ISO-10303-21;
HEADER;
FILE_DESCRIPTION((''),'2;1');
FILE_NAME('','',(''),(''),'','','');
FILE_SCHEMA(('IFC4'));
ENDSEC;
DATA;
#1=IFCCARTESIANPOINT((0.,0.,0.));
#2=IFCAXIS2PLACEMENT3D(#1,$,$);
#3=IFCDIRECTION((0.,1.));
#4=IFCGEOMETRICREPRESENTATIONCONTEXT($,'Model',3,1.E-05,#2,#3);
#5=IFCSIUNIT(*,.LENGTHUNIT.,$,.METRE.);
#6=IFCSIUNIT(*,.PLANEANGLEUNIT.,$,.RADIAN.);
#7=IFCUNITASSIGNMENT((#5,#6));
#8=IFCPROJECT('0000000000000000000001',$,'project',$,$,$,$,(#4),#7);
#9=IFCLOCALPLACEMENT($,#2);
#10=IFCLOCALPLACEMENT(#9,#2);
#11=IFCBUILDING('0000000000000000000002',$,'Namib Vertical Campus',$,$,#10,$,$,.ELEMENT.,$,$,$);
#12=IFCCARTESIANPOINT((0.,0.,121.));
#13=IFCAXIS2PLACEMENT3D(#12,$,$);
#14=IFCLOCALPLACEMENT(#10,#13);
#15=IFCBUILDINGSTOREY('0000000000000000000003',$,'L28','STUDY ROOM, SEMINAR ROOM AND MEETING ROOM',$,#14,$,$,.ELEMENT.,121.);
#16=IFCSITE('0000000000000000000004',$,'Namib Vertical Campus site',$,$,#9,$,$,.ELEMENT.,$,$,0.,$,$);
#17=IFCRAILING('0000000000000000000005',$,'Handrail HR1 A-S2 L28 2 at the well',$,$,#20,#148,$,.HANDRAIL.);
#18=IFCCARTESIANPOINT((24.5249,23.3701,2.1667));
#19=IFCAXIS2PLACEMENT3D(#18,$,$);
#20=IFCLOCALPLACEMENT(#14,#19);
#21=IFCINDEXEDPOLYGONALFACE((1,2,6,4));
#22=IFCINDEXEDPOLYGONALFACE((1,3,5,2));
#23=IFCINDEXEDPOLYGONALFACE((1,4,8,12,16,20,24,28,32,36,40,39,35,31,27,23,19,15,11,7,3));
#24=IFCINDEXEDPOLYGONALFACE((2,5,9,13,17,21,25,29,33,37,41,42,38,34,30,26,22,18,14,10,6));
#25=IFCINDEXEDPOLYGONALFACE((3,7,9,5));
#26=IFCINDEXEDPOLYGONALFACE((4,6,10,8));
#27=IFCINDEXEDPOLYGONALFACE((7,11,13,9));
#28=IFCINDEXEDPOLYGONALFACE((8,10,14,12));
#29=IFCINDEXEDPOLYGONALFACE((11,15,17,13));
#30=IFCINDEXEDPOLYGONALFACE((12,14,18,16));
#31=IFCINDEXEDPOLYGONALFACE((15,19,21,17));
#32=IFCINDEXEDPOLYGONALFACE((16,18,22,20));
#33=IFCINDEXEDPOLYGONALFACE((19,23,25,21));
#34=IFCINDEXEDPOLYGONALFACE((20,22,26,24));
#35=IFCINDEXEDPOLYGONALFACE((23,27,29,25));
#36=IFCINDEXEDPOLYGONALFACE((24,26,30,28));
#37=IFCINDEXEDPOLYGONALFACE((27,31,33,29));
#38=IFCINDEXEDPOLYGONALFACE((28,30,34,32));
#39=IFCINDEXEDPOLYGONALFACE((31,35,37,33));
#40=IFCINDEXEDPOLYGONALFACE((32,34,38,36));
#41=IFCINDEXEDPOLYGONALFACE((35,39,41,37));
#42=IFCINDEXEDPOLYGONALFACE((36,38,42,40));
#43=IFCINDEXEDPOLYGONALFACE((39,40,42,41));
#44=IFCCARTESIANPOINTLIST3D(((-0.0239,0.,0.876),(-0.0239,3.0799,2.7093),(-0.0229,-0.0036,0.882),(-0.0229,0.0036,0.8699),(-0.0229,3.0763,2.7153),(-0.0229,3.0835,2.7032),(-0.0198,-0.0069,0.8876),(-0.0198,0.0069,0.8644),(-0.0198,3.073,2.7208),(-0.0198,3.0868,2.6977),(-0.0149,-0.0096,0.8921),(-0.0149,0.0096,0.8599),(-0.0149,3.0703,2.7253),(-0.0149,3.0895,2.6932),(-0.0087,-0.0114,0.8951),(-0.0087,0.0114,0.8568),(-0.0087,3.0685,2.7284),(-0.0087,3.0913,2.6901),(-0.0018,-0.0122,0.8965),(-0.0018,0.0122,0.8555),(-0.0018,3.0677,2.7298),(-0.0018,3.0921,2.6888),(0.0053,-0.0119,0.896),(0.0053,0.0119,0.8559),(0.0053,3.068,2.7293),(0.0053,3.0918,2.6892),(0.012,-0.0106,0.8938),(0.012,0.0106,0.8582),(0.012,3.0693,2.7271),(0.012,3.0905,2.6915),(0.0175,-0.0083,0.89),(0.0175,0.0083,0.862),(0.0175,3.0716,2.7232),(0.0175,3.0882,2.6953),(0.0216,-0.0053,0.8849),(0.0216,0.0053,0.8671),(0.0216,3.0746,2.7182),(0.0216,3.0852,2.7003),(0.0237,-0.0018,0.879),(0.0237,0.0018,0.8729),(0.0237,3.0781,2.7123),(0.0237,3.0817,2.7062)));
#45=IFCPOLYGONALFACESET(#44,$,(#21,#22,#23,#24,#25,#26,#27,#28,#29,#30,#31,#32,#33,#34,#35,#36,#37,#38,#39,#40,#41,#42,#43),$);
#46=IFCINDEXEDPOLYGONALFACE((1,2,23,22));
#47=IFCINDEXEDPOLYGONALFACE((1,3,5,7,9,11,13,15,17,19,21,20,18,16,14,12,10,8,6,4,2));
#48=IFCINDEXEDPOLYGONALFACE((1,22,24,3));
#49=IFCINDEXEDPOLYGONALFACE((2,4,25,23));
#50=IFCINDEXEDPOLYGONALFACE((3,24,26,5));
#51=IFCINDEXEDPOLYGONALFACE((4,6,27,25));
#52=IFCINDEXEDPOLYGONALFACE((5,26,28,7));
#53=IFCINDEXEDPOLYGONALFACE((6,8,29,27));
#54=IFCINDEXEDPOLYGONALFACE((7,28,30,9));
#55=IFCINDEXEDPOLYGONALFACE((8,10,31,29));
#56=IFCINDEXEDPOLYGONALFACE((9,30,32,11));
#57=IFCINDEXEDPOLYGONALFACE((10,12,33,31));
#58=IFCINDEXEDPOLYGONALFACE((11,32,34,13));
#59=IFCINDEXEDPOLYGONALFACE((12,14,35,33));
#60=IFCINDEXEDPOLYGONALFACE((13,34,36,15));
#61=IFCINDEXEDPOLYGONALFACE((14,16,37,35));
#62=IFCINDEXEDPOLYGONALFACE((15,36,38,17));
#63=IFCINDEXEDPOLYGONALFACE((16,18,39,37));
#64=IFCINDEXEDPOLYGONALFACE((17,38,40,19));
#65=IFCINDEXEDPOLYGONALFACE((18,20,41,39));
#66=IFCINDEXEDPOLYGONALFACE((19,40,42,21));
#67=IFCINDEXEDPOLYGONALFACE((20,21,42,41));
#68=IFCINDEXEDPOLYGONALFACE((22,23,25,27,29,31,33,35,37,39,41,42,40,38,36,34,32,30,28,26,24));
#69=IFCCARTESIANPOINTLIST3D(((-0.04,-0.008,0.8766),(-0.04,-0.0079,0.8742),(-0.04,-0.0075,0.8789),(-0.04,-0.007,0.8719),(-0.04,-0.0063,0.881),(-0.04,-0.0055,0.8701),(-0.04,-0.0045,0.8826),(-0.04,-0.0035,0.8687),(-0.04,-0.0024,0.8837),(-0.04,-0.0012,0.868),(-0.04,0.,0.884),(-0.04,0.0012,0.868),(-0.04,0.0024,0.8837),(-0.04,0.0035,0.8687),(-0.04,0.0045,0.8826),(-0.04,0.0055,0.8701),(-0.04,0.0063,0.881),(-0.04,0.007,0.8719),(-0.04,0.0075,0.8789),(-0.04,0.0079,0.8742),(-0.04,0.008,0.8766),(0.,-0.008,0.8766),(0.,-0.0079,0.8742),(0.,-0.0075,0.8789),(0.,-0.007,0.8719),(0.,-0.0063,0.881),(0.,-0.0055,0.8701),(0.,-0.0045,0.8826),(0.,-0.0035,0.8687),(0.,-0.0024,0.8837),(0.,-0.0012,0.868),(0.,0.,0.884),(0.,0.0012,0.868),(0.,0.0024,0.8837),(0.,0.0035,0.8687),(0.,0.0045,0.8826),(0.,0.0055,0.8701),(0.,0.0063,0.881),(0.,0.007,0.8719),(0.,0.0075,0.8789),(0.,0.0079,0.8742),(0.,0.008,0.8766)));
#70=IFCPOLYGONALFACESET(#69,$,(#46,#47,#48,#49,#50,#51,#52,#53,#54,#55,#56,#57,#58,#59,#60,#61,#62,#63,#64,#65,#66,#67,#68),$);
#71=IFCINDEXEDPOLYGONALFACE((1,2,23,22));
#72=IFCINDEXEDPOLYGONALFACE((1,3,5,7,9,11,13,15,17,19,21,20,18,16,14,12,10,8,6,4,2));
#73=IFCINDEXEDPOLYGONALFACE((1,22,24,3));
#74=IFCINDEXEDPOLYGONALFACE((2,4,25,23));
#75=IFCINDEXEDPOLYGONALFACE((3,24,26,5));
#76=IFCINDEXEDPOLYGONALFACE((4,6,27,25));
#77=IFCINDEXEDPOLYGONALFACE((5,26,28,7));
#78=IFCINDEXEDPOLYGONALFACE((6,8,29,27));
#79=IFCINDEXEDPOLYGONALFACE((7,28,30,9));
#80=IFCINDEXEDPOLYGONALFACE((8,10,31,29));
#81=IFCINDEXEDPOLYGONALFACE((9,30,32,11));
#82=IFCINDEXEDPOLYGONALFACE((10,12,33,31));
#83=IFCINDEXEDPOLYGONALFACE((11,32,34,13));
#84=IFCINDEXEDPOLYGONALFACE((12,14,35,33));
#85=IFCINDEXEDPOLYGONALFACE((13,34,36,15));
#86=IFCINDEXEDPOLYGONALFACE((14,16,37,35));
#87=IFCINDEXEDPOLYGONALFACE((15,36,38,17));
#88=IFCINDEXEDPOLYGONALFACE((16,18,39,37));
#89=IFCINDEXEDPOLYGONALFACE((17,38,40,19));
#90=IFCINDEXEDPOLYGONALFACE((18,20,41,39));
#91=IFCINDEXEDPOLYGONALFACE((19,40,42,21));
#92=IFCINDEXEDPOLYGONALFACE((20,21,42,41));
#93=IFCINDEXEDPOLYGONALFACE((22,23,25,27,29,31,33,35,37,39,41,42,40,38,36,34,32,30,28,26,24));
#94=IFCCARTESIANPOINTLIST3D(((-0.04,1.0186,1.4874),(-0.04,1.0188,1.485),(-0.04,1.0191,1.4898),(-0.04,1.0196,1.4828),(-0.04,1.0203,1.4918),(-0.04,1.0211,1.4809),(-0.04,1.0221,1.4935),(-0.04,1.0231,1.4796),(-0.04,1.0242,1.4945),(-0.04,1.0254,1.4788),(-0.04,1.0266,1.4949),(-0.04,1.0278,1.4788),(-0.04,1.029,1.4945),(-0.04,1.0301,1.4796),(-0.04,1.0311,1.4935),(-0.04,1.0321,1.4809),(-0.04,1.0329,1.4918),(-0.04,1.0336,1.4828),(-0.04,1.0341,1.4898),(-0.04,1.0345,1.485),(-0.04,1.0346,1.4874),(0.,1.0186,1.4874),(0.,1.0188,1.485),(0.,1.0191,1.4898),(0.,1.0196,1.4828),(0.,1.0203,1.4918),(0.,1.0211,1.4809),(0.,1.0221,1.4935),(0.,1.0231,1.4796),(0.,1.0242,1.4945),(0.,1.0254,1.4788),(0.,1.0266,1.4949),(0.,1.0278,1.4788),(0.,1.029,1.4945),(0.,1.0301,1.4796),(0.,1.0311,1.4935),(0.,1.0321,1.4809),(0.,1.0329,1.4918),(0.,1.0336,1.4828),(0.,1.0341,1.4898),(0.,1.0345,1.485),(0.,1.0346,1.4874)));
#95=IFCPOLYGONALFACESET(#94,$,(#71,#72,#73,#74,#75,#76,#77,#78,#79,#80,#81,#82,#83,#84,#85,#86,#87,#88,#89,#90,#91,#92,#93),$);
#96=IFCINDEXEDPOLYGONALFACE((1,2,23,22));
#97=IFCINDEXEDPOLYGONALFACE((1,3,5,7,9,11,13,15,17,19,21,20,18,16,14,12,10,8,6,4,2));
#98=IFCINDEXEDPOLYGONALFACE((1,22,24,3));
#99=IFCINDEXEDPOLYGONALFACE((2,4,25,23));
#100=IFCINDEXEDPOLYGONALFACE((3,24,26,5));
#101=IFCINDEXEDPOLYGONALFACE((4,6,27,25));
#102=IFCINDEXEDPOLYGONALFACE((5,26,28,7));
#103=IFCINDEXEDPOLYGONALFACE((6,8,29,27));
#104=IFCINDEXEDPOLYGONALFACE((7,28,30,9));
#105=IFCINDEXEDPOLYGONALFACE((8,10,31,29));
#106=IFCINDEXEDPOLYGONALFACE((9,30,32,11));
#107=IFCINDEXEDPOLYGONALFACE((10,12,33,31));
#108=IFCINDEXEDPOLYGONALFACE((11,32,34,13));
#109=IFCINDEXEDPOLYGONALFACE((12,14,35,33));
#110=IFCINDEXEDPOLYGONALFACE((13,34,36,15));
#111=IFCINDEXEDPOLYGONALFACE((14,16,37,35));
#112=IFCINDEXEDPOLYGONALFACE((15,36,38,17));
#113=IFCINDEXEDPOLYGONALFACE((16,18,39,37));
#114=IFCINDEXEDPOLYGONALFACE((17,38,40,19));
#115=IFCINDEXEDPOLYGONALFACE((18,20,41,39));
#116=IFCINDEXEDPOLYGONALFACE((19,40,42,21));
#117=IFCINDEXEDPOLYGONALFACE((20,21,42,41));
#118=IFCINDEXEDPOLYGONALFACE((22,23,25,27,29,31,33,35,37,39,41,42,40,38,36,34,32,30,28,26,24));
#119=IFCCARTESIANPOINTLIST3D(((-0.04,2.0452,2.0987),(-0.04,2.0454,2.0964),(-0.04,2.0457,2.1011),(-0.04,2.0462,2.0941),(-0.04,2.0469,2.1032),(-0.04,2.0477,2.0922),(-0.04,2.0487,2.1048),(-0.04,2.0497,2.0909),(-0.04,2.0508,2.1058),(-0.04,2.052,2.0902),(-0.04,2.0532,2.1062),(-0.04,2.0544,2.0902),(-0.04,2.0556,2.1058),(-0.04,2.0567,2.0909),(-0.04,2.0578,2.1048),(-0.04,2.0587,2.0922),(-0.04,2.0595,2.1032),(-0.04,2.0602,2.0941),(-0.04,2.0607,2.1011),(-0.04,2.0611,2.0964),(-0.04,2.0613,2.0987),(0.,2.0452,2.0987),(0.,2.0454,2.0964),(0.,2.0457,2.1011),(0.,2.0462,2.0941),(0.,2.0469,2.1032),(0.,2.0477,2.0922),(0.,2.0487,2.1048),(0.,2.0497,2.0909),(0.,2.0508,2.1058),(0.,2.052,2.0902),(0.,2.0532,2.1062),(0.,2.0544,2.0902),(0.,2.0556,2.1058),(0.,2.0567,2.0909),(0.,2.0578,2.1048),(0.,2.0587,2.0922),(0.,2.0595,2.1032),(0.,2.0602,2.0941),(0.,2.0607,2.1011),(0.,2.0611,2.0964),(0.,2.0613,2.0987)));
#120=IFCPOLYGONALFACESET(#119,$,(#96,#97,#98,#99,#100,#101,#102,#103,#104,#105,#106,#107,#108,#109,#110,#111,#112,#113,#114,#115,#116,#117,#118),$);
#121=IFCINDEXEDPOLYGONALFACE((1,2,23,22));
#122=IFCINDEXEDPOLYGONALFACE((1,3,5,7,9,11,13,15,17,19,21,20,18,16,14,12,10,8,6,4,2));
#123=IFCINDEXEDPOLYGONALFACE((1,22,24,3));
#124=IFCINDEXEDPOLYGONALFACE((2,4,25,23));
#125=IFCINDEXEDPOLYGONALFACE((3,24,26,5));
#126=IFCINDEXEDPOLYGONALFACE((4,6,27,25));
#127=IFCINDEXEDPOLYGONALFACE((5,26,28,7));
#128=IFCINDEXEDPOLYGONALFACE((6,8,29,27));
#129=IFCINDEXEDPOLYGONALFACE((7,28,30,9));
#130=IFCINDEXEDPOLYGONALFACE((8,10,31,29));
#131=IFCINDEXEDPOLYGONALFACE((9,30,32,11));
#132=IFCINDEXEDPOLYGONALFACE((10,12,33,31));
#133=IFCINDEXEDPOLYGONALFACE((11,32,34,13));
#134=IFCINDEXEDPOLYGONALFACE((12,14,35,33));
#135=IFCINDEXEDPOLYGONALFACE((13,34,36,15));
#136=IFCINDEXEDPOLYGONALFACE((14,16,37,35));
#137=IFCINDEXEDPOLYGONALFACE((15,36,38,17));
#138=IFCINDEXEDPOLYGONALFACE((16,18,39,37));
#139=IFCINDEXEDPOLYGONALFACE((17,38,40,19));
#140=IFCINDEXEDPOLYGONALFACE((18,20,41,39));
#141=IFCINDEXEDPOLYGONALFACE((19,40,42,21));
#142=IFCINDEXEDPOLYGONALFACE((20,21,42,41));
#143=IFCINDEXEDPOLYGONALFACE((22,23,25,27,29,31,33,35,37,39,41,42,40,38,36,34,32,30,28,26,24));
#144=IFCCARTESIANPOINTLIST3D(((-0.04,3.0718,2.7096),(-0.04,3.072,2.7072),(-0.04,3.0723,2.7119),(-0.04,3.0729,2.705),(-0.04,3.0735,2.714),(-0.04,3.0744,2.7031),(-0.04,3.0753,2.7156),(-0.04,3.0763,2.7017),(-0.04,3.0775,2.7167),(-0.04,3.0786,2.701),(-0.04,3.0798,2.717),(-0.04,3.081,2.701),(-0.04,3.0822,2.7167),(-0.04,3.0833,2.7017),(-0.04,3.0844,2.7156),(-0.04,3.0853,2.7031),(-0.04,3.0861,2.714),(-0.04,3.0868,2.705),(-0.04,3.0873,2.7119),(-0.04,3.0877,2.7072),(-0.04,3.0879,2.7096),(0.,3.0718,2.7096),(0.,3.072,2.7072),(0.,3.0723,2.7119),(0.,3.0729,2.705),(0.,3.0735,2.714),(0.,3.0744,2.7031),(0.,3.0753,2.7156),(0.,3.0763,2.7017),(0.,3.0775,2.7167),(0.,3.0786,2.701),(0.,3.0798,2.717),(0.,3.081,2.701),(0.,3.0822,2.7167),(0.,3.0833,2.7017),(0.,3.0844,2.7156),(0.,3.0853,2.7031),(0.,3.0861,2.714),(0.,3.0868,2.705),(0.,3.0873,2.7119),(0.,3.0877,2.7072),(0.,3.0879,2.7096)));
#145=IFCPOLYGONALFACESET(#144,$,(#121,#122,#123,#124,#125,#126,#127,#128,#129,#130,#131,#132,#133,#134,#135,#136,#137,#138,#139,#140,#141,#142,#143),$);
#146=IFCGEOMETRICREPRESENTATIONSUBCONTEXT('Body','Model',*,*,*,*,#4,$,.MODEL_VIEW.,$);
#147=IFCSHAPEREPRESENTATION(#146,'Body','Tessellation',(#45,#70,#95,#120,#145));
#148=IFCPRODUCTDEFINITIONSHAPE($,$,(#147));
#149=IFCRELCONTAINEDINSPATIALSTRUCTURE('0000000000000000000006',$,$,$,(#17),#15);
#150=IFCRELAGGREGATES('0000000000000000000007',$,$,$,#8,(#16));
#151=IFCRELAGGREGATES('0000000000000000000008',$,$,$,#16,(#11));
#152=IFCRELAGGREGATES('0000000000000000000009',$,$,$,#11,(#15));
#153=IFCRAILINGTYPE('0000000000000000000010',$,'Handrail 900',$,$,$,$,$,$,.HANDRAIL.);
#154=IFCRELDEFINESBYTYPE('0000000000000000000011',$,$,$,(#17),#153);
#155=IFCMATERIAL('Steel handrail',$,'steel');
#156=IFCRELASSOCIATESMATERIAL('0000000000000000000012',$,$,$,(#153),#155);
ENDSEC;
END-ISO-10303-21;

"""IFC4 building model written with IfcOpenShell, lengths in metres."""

from ifc_helpers import new_model, si_unit, direction, frame, origin, origin_2d, place, context, subcontext, project, spatial, circle, extrude, material, type_object, element, save


model = new_model("IFC4")

# Units and contexts
model_context = context("Model", 3, precision=1e-05, world=origin(), true_north=direction((0.0, 1.0)))
body_context = subcontext(model_context, "Body", "Model", "MODEL_VIEW")
ifc_project = project(units=[si_unit("LENGTHUNIT", "METRE"), si_unit("PLANEANGLEUNIT", "RADIAN")], contexts=[model_context])

# Site, building, storey
site_placement = place(None, origin())
site = spatial("IfcSite", under=ifc_project, at=site_placement, Name="Namib Vertical Campus site", CompositionType="ELEMENT", RefElevation=0.0)
building_placement = place(site_placement, origin())
building = spatial("IfcBuilding", under=site, at=building_placement, Name="Namib Vertical Campus", CompositionType="ELEMENT")
storey_placement = place(building_placement, frame((0.0, 0.0, 121.0)))
storey = spatial("IfcBuildingStorey", under=building, at=storey_placement, Name="L28", Description="STUDY ROOM, SEMINAR ROOM AND MEETING ROOM", CompositionType="ELEMENT", Elevation=121.0)

# Railing
ifc_material_1 = material(Name="Steel handrail", Category="steel")
railing_type_1 = type_object("IfcRailingType", Name="Handrail 900", PredefinedType="HANDRAIL", material=ifc_material_1)
railing_1_placement = place(storey_placement, frame((24.5249, 23.3701, 2.1667)))
element("IfcRailing", 1, at=railing_1_placement, inside=storey, type_object=railing_type_1, Name="Handrail HR1 A-S2 L28 2 at the well", PredefinedType="HANDRAIL", context=body_context, shape_type="SweptSolid", body=[
    extrude(circle(Radius=0.0239, at=origin_2d()), frame((0.0, 0.0, 0.876), z_axis=(0.0, 0.859291, 0.511487), x_axis=(-1.0, 0.0, 0.0)), (0.0, 0.0, 1.0), 3.5842),
    extrude(circle(Radius=0.0081, at=origin_2d()), frame((0.0, 0.0, 0.876), z_axis=(-1.0, 0.0, 0.0), x_axis=(0.0, 0.0, 1.0)), (0.0, 0.0, 1.0), 0.04),
    extrude(circle(Radius=0.0081, at=origin_2d()), frame((0.0, 1.0266, 1.4868), z_axis=(-1.0, 0.0, 0.0), x_axis=(0.0, 0.0, 1.0)), (0.0, 0.0, 1.0), 0.04),
    extrude(circle(Radius=0.0081, at=origin_2d()), frame((0.0, 2.0532, 2.0981), z_axis=(-1.0, 0.0, 0.0), x_axis=(0.0, 0.0, 1.0)), (0.0, 0.0, 1.0), 0.04),
    extrude(circle(Radius=0.0081, at=origin_2d()), frame((0.0, 3.0798, 2.709), z_axis=(-1.0, 0.0, 0.0), x_axis=(0.0, 0.0, 1.0)), (0.0, 0.0, 1.0), 0.04),
])

save(model, "model.ifc")
